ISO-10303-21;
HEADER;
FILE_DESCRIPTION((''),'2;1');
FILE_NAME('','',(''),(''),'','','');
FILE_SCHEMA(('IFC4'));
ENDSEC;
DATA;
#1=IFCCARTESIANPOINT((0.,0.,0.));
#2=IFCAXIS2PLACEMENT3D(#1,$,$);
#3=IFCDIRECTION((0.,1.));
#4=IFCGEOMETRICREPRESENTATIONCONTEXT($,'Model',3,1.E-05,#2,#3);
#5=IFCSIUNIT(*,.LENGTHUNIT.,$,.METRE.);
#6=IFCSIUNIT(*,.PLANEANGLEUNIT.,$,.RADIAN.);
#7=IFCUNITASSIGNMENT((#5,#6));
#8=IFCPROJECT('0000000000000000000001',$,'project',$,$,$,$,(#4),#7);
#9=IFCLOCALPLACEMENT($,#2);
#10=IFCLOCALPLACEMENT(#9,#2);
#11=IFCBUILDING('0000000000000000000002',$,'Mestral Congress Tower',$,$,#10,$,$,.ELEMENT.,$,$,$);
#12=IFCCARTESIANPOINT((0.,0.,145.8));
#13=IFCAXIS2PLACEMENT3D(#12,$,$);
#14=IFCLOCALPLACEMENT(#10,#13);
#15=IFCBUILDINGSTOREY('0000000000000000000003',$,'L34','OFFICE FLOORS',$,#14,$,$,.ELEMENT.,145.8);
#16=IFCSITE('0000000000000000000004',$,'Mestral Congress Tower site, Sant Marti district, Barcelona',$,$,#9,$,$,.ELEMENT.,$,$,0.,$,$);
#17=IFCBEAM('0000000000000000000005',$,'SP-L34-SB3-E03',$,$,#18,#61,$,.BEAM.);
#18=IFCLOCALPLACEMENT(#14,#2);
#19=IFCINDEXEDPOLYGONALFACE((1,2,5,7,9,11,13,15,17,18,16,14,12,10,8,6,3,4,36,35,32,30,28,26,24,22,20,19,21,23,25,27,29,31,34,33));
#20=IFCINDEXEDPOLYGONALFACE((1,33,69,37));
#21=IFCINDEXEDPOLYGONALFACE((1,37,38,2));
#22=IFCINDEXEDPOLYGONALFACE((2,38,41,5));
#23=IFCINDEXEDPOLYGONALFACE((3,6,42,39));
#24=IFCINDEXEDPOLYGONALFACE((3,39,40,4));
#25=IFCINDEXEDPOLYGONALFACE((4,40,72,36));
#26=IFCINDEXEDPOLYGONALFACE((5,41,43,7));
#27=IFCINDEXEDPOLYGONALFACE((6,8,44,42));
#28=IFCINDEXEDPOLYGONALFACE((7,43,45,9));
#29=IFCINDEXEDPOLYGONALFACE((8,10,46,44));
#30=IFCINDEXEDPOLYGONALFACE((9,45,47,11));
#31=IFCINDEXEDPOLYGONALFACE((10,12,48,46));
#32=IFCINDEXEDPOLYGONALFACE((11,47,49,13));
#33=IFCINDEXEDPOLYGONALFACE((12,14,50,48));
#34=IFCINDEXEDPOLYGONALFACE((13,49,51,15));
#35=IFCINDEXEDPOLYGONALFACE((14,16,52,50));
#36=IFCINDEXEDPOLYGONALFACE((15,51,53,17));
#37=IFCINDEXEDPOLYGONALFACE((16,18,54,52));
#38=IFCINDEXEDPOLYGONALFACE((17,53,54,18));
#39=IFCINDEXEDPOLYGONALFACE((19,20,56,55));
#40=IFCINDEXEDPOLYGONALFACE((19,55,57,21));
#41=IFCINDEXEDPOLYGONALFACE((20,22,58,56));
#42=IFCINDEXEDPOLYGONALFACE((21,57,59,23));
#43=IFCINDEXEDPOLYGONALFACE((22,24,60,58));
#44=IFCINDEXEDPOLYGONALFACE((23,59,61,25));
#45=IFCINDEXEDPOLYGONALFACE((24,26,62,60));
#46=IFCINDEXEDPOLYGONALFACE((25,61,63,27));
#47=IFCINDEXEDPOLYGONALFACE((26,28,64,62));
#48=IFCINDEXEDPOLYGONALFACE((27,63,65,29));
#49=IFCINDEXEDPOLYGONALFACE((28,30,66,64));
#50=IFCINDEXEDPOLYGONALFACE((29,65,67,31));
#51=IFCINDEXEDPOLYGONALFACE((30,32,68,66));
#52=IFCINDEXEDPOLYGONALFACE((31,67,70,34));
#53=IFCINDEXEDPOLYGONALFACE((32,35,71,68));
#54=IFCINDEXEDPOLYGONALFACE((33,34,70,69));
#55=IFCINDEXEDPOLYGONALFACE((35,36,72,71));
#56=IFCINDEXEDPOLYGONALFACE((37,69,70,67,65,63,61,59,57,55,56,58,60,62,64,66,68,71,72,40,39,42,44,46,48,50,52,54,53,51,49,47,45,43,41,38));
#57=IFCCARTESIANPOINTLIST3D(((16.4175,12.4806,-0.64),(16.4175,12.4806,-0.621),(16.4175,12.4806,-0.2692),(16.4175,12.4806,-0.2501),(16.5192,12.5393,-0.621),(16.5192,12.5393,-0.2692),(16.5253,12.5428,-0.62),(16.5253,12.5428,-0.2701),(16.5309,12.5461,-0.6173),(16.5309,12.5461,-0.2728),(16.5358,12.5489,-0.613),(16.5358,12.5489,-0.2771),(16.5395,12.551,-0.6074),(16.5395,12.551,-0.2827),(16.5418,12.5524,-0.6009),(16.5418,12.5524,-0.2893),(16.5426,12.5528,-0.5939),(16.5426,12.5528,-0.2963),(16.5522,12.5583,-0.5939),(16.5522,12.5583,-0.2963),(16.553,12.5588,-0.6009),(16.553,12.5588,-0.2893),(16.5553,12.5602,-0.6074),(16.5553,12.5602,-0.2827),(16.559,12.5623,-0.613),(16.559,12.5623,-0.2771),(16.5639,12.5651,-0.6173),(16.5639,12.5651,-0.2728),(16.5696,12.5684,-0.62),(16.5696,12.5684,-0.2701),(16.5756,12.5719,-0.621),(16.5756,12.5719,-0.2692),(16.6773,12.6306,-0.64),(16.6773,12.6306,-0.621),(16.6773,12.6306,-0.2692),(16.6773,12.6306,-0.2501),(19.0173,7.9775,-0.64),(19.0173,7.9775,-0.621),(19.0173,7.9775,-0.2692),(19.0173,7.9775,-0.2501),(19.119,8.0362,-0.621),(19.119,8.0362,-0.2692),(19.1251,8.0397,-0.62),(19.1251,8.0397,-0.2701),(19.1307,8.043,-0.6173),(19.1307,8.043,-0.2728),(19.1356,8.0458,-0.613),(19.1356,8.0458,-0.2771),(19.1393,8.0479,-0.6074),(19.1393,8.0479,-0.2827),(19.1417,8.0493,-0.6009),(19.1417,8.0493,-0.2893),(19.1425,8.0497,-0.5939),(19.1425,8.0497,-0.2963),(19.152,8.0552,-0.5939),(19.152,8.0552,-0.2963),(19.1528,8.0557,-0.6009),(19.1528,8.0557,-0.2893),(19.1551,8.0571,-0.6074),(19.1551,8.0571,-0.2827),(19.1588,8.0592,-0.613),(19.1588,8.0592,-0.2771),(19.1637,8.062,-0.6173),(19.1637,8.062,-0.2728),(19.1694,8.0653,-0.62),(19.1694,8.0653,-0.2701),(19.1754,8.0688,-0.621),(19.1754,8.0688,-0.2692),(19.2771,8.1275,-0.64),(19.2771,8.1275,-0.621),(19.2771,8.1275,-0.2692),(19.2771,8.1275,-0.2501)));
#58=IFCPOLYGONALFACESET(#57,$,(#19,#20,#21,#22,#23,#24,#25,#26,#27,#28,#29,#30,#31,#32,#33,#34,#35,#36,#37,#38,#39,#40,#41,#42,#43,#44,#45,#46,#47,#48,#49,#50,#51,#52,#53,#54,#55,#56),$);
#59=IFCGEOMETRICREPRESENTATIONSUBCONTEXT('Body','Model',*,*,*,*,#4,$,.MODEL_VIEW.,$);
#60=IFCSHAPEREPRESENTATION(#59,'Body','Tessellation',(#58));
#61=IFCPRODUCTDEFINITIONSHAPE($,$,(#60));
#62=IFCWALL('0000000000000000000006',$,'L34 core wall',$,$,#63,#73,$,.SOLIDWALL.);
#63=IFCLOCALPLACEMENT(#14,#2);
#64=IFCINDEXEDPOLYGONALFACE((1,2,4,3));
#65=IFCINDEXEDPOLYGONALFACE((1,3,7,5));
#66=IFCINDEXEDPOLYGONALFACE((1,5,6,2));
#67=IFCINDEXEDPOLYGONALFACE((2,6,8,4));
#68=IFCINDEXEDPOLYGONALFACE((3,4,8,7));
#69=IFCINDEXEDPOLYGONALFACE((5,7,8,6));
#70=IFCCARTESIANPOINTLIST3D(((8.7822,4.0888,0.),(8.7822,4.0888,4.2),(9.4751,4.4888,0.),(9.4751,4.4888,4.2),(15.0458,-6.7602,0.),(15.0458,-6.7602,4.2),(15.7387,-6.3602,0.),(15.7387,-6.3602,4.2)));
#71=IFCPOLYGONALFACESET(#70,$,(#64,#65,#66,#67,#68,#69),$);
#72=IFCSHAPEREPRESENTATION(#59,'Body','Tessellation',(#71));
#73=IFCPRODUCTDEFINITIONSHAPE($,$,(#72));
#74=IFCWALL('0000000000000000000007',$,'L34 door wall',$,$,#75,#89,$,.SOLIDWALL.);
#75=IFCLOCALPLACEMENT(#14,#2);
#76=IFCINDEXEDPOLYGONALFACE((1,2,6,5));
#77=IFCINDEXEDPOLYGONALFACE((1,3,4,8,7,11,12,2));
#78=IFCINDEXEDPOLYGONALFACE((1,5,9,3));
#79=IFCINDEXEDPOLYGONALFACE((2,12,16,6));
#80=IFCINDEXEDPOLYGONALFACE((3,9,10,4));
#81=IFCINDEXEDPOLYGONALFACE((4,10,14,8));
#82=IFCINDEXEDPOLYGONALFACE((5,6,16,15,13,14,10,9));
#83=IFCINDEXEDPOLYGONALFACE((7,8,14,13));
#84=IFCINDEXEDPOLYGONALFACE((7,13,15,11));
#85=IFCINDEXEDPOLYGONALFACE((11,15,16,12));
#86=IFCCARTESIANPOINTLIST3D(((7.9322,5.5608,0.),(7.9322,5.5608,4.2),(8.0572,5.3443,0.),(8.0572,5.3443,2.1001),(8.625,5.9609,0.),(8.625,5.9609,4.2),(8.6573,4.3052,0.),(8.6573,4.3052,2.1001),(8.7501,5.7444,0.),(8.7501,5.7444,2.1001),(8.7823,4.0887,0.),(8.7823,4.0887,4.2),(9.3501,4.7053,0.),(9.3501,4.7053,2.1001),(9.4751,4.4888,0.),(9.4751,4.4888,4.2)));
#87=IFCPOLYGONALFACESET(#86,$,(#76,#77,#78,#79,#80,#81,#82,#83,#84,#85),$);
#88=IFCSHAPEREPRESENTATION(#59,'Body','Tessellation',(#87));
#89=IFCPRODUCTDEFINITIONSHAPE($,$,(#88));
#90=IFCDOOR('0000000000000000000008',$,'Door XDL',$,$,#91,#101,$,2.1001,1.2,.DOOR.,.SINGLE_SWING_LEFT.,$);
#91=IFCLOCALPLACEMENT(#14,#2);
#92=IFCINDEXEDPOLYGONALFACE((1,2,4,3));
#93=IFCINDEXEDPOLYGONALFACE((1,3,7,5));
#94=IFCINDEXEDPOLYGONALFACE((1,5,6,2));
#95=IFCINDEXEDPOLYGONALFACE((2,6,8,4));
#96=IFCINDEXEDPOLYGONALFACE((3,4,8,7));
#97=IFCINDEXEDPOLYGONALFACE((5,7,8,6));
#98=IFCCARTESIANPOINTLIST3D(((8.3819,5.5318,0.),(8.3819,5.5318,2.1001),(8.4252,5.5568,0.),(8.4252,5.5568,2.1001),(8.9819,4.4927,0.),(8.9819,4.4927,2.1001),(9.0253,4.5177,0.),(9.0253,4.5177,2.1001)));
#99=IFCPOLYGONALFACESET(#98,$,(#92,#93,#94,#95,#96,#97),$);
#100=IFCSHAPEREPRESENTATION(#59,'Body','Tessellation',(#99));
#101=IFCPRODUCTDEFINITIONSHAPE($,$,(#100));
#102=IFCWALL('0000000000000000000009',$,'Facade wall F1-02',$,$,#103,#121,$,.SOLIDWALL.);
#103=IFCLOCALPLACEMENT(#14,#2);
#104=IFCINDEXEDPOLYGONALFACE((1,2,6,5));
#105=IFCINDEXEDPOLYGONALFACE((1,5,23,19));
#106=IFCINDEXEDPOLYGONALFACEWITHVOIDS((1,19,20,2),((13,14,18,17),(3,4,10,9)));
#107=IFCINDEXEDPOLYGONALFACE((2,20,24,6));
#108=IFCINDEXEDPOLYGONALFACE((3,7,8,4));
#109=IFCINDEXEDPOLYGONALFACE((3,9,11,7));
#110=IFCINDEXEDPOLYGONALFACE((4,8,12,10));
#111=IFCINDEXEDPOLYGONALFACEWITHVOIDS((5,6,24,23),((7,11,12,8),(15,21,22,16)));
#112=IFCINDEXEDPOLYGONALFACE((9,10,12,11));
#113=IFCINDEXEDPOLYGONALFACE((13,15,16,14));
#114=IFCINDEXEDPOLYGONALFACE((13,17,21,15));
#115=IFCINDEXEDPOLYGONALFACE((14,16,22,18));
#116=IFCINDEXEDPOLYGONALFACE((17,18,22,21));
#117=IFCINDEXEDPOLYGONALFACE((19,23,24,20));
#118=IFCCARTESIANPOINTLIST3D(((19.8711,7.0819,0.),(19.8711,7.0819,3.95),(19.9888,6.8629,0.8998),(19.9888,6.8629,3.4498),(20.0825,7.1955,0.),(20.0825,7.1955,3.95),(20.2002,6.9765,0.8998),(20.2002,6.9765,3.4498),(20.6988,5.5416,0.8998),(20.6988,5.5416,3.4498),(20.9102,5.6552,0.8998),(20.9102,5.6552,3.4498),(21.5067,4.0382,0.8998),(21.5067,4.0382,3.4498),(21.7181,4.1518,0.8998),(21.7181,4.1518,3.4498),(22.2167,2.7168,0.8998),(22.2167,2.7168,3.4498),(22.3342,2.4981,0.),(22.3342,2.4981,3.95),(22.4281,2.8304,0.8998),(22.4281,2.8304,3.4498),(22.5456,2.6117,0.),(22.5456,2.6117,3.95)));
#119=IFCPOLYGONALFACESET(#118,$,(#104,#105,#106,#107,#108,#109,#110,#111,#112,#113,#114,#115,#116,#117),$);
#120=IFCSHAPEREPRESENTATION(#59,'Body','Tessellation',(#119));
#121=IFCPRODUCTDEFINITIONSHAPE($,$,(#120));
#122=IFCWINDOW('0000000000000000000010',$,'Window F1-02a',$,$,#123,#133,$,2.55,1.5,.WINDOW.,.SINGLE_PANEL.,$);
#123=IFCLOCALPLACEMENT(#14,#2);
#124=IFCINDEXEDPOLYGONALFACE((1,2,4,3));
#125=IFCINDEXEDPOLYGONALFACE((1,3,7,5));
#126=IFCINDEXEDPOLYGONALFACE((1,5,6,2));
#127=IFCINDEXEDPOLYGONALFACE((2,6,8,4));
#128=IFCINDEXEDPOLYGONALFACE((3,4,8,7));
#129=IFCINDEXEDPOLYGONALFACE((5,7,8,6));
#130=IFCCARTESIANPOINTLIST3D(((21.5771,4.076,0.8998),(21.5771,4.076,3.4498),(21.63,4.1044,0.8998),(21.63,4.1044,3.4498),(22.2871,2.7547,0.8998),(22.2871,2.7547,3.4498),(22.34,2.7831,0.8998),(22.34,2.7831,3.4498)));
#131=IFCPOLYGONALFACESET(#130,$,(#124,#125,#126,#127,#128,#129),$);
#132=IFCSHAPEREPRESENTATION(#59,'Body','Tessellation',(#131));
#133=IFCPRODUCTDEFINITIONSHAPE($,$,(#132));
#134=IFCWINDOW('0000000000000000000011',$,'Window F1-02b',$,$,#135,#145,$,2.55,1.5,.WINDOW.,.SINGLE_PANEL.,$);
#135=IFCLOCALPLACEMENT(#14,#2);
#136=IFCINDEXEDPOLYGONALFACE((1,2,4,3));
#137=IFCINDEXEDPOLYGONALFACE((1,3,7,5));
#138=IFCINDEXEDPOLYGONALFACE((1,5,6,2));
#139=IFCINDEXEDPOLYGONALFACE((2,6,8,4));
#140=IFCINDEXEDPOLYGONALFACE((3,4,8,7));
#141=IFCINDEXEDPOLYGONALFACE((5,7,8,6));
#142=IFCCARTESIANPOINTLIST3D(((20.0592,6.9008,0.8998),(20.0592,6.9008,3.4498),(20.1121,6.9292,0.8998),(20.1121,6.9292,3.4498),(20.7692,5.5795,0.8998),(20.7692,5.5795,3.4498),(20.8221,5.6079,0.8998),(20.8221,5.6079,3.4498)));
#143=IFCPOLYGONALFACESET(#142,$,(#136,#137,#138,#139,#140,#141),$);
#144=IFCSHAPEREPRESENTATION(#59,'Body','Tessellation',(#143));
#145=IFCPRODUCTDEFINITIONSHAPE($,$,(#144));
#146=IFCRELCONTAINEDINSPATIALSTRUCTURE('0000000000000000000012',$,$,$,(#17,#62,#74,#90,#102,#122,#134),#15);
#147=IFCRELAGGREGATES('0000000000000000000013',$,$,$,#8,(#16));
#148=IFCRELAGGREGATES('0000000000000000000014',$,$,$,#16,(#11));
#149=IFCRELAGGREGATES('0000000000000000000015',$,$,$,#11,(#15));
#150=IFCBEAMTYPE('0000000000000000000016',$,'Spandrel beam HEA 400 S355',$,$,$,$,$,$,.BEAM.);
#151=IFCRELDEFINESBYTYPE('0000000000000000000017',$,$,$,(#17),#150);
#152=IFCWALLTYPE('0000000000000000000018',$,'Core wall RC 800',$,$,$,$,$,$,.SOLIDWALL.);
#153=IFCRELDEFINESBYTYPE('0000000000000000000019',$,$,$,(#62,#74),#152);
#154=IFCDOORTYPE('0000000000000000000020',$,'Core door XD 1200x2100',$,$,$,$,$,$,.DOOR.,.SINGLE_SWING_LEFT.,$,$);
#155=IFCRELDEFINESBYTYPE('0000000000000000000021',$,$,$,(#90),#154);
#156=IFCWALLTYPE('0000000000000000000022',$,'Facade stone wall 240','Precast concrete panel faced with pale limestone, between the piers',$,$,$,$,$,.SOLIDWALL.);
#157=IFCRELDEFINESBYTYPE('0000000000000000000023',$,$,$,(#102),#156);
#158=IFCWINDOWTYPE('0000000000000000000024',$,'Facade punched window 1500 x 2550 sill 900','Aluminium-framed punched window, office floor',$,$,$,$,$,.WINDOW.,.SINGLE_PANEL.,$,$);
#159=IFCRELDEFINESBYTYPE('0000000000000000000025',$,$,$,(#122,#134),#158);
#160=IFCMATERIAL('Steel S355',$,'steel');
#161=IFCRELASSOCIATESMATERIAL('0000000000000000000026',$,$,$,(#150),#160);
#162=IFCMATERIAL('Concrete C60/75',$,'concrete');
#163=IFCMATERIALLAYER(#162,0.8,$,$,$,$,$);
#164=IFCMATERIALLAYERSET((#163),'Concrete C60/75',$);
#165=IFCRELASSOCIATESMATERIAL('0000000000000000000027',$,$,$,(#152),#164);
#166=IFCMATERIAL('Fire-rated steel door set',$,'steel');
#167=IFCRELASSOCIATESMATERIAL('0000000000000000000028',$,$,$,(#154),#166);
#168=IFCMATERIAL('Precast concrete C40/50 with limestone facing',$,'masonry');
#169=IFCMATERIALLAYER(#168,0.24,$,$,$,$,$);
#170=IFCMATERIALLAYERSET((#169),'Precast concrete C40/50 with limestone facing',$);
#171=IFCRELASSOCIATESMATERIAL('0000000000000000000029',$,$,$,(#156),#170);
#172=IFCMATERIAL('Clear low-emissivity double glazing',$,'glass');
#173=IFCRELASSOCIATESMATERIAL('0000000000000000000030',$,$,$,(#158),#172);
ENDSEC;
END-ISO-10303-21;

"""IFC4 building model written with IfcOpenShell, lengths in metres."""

from ifc_helpers import new_model, si_unit, direction, frame, frame_2d, origin, origin_2d, place, context, subcontext, project, spatial, rectangle, i_section, extrude, material, layer, layer_set, material_profile, profile_set, type_object, element, fill, save


model = new_model("IFC4")

# Units and contexts
model_context = context("Model", 3, precision=1e-05, world=origin(), true_north=direction((0.0, 1.0)))
body_context = subcontext(model_context, "Body", "Model", "MODEL_VIEW")
ifc_project = project(units=[si_unit("LENGTHUNIT", "METRE"), si_unit("PLANEANGLEUNIT", "RADIAN")], contexts=[model_context])

# Site, building, storey
site_placement = place(None, origin())
site = spatial("IfcSite", under=ifc_project, at=site_placement, Name="Mestral Congress Tower site, Sant Marti district, Barcelona", CompositionType="ELEMENT", RefElevation=0.0)
building_placement = place(site_placement, origin())
building = spatial("IfcBuilding", under=site, at=building_placement, Name="Mestral Congress Tower", CompositionType="ELEMENT")
storey_placement = place(building_placement, frame((0.0, 0.0, 145.8)))
storey = spatial("IfcBuildingStorey", under=building, at=storey_placement, Name="L34", Description="OFFICE FLOORS", CompositionType="ELEMENT", Elevation=145.8)

# Shared definitions
ifc_material_1 = material(Name="Concrete C60/75", Category="concrete")

# Beam
ifc_material_2 = material(Name="Steel S355", Category="steel")
ifc_material_profile_1 = material_profile(ifc_material_2, i_section(OverallWidth=0.3, OverallDepth=0.3899, WebThickness=0.011, FlangeThickness=0.019, FilletRadius=0.0271, at=origin_2d()), Name="HEA 400")
ifc_profile_set_1 = profile_set([ifc_material_profile_1], Name="Steel S355")
beam_type_1 = type_object("IfcBeamType", Name="Spandrel beam HEA 400 S355", PredefinedType="BEAM", material=ifc_profile_set_1)
for number, where, z_axis, x_axis, name in (
    (1, (19.1472, 8.0525, -0.4451), (-0.499992, 0.86603, 0.0), (-0.86603, -0.499992, 0.0), "SP-L34-SB3-E03"),
):
    element("IfcBeam", number, at=place(storey_placement, frame(where, z_axis=z_axis, x_axis=x_axis)), inside=storey, type_object=beam_type_1, Name=name, PredefinedType="BEAM", context=body_context, shape_type="SweptSolid", body=[
        extrude(i_section(OverallWidth=0.3, OverallDepth=0.3899, WebThickness=0.011, FlangeThickness=0.019, FilletRadius=0.0271, at=origin_2d()), origin(), (0.0, 0.0, 1.0), 5.1997),
    ])

# Wall
ifc_layer_1 = layer(ifc_material_1, 0.8)
ifc_layer_set_1 = layer_set([ifc_layer_1], Name="Concrete C60/75")
wall_type_1 = type_object("IfcWallType", Name="Core wall RC 800", PredefinedType="SOLIDWALL", material=ifc_layer_set_1)
wall_1_placement = place(storey_placement, frame((9.1287, 4.2888, 0.0), z_axis=(0.0, 0.0, 1.0), x_axis=(0.499996, -0.866028, 0.0)))
element("IfcWall", 2, at=wall_1_placement, inside=storey, type_object=wall_type_1, Name="L34 core wall", PredefinedType="SOLIDWALL", context=body_context, shape_type="SweptSolid", body=[
    extrude(rectangle(XDim=12.5273, YDim=0.8, at=frame_2d((6.2637, 0.0))), origin(), (0.0, 0.0, 1.0), 4.2),
])

# Wall, opening, door
wall_2_placement = place(storey_placement, frame((8.2786, 5.761, 0.0), z_axis=(0.0, 0.0, 1.0), x_axis=(0.500062, -0.865989, 0.0)))
wall_2 = element("IfcWall", 3, at=wall_2_placement, inside=storey, type_object=wall_type_1, Name="L34 door wall", PredefinedType="SOLIDWALL", context=body_context, shape_type="SweptSolid", body=[
    extrude(rectangle(XDim=1.7, YDim=0.8, at=frame_2d((0.8501, 0.0))), origin(), (0.0, 0.0, 1.0), 4.2),
])
opening_1_placement = place(wall_2_placement, frame((0.25, 0.0, 0.0)))
opening_1 = element("IfcOpeningElement", 4, at=opening_1_placement, cuts=wall_2, PredefinedType="OPENING", context=body_context, shape_type="SweptSolid", body=[
    extrude(rectangle(XDim=1.2, YDim=2.1001, at=frame_2d((0.6001, 1.05))), frame((0.0, 0.4099, 0.0), z_axis=(0.0, -1.0, 0.0), x_axis=(1.0, 0.0, 0.0)), (0.0, 0.0, 1.0), 0.8201),
])
ifc_material_3 = material(Name="Fire-rated steel door set", Category="steel")
door_type_1 = type_object("IfcDoorType", Name="Core door XD 1200x2100", OperationType="SINGLE_SWING_LEFT", PredefinedType="DOOR", material=ifc_material_3)
door_1_placement = place(opening_1_placement, origin())
door_1 = element("IfcDoor", 5, at=door_1_placement, inside=storey, type_object=door_type_1, Name="Door XDL", OperationType="SINGLE_SWING_LEFT", OverallHeight=2.1001, OverallWidth=1.2, PredefinedType="DOOR", context=body_context, shape_type="SweptSolid", body=[
    extrude(rectangle(XDim=1.2, YDim=2.1001, at=frame_2d((0.6001, 1.05))), frame((0.0, 0.0249, 0.0), z_axis=(0.0, -1.0, 0.0), x_axis=(1.0, 0.0, 0.0)), (0.0, 0.0, 1.0), 0.05),
])
fill(opening_1, door_1)

# Wall, openings, windows
ifc_material_4 = material(Name="Precast concrete C40/50 with limestone facing", Category="masonry")
ifc_layer_2 = layer(ifc_material_4, 0.24)
ifc_layer_set_2 = layer_set([ifc_layer_2], Name="Precast concrete C40/50 with limestone facing")
wall_type_2 = type_object("IfcWallType", Name="Facade stone wall 240", Description="Precast concrete panel faced with pale limestone, between the piers", PredefinedType="SOLIDWALL", material=ifc_layer_set_2)
wall_3_placement = place(storey_placement, frame((22.4399, 2.5549, 0.0), z_axis=(0.0, 0.0, 1.0), x_axis=(-0.47335, 0.880875, 0.0)))
wall_3 = element("IfcWall", 6, at=wall_3_placement, inside=storey, type_object=wall_type_2, Name="Facade wall F1-02", PredefinedType="SOLIDWALL", context=body_context, shape_type="SweptSolid", body=[
    extrude(rectangle(XDim=5.2036, YDim=0.24, at=frame_2d((2.6018, 0.0))), origin(), (0.0, 0.0, 1.0), 3.95),
])
opening_2_placement = place(wall_3_placement, frame((0.2483, 0.0, 0.8999)))
opening_2 = element("IfcOpeningElement", 7, at=opening_2_placement, cuts=wall_3, PredefinedType="OPENING", context=body_context, shape_type="SweptSolid", body=[
    extrude(rectangle(XDim=1.5, YDim=2.55, at=frame_2d((0.75, 1.2749))), frame((0.0, 0.1299, 0.0), z_axis=(0.0, -1.0, 0.0), x_axis=(1.0, 0.0, 0.0)), (0.0, 0.0, 1.0), 0.26),
])
opening_3_placement = place(wall_3_placement, frame((3.4551, 0.0, 0.8999)))
opening_3 = element("IfcOpeningElement", 8, at=opening_3_placement, cuts=wall_3, PredefinedType="OPENING", context=body_context, shape_type="SweptSolid", body=[
    extrude(rectangle(XDim=1.5, YDim=2.55, at=frame_2d((0.75, 1.2749))), frame((0.0, 0.1299, 0.0), z_axis=(0.0, -1.0, 0.0), x_axis=(1.0, 0.0, 0.0)), (0.0, 0.0, 1.0), 0.26),
])
ifc_material_5 = material(Name="Clear low-emissivity double glazing", Category="glass")
window_type = type_object("IfcWindowType", Name="Facade punched window 1500 x 2550 sill 900", Description="Aluminium-framed punched window, office floor", PartitioningType="SINGLE_PANEL", PredefinedType="WINDOW", material=ifc_material_5)
window_1_placement = place(opening_2_placement, origin())
window_1 = element("IfcWindow", 9, at=window_1_placement, inside=storey, type_object=window_type, Name="Window F1-02a", OverallHeight=2.55, OverallWidth=1.5, PartitioningType="SINGLE_PANEL", PredefinedType="WINDOW", context=body_context, shape_type="SweptSolid", body=[
    extrude(rectangle(XDim=1.5, YDim=2.55, at=frame_2d((0.75, 1.2749))), frame((0.0, 0.04, 0.0), z_axis=(0.0, -1.0, 0.0), x_axis=(1.0, 0.0, 0.0)), (0.0, 0.0, 1.0), 0.0601),
])
fill(opening_2, window_1)
window_2_placement = place(opening_3_placement, origin())
window_2 = element("IfcWindow", 10, at=window_2_placement, inside=storey, type_object=window_type, Name="Window F1-02b", OverallHeight=2.55, OverallWidth=1.5, PartitioningType="SINGLE_PANEL", PredefinedType="WINDOW", context=body_context, shape_type="SweptSolid", body=[
    extrude(rectangle(XDim=1.5, YDim=2.55, at=frame_2d((0.75, 1.2749))), frame((0.0, 0.04, 0.0), z_axis=(0.0, -1.0, 0.0), x_axis=(1.0, 0.0, 0.0)), (0.0, 0.0, 1.0), 0.0601),
])
fill(opening_3, window_2)

save(model, "model.ifc")
